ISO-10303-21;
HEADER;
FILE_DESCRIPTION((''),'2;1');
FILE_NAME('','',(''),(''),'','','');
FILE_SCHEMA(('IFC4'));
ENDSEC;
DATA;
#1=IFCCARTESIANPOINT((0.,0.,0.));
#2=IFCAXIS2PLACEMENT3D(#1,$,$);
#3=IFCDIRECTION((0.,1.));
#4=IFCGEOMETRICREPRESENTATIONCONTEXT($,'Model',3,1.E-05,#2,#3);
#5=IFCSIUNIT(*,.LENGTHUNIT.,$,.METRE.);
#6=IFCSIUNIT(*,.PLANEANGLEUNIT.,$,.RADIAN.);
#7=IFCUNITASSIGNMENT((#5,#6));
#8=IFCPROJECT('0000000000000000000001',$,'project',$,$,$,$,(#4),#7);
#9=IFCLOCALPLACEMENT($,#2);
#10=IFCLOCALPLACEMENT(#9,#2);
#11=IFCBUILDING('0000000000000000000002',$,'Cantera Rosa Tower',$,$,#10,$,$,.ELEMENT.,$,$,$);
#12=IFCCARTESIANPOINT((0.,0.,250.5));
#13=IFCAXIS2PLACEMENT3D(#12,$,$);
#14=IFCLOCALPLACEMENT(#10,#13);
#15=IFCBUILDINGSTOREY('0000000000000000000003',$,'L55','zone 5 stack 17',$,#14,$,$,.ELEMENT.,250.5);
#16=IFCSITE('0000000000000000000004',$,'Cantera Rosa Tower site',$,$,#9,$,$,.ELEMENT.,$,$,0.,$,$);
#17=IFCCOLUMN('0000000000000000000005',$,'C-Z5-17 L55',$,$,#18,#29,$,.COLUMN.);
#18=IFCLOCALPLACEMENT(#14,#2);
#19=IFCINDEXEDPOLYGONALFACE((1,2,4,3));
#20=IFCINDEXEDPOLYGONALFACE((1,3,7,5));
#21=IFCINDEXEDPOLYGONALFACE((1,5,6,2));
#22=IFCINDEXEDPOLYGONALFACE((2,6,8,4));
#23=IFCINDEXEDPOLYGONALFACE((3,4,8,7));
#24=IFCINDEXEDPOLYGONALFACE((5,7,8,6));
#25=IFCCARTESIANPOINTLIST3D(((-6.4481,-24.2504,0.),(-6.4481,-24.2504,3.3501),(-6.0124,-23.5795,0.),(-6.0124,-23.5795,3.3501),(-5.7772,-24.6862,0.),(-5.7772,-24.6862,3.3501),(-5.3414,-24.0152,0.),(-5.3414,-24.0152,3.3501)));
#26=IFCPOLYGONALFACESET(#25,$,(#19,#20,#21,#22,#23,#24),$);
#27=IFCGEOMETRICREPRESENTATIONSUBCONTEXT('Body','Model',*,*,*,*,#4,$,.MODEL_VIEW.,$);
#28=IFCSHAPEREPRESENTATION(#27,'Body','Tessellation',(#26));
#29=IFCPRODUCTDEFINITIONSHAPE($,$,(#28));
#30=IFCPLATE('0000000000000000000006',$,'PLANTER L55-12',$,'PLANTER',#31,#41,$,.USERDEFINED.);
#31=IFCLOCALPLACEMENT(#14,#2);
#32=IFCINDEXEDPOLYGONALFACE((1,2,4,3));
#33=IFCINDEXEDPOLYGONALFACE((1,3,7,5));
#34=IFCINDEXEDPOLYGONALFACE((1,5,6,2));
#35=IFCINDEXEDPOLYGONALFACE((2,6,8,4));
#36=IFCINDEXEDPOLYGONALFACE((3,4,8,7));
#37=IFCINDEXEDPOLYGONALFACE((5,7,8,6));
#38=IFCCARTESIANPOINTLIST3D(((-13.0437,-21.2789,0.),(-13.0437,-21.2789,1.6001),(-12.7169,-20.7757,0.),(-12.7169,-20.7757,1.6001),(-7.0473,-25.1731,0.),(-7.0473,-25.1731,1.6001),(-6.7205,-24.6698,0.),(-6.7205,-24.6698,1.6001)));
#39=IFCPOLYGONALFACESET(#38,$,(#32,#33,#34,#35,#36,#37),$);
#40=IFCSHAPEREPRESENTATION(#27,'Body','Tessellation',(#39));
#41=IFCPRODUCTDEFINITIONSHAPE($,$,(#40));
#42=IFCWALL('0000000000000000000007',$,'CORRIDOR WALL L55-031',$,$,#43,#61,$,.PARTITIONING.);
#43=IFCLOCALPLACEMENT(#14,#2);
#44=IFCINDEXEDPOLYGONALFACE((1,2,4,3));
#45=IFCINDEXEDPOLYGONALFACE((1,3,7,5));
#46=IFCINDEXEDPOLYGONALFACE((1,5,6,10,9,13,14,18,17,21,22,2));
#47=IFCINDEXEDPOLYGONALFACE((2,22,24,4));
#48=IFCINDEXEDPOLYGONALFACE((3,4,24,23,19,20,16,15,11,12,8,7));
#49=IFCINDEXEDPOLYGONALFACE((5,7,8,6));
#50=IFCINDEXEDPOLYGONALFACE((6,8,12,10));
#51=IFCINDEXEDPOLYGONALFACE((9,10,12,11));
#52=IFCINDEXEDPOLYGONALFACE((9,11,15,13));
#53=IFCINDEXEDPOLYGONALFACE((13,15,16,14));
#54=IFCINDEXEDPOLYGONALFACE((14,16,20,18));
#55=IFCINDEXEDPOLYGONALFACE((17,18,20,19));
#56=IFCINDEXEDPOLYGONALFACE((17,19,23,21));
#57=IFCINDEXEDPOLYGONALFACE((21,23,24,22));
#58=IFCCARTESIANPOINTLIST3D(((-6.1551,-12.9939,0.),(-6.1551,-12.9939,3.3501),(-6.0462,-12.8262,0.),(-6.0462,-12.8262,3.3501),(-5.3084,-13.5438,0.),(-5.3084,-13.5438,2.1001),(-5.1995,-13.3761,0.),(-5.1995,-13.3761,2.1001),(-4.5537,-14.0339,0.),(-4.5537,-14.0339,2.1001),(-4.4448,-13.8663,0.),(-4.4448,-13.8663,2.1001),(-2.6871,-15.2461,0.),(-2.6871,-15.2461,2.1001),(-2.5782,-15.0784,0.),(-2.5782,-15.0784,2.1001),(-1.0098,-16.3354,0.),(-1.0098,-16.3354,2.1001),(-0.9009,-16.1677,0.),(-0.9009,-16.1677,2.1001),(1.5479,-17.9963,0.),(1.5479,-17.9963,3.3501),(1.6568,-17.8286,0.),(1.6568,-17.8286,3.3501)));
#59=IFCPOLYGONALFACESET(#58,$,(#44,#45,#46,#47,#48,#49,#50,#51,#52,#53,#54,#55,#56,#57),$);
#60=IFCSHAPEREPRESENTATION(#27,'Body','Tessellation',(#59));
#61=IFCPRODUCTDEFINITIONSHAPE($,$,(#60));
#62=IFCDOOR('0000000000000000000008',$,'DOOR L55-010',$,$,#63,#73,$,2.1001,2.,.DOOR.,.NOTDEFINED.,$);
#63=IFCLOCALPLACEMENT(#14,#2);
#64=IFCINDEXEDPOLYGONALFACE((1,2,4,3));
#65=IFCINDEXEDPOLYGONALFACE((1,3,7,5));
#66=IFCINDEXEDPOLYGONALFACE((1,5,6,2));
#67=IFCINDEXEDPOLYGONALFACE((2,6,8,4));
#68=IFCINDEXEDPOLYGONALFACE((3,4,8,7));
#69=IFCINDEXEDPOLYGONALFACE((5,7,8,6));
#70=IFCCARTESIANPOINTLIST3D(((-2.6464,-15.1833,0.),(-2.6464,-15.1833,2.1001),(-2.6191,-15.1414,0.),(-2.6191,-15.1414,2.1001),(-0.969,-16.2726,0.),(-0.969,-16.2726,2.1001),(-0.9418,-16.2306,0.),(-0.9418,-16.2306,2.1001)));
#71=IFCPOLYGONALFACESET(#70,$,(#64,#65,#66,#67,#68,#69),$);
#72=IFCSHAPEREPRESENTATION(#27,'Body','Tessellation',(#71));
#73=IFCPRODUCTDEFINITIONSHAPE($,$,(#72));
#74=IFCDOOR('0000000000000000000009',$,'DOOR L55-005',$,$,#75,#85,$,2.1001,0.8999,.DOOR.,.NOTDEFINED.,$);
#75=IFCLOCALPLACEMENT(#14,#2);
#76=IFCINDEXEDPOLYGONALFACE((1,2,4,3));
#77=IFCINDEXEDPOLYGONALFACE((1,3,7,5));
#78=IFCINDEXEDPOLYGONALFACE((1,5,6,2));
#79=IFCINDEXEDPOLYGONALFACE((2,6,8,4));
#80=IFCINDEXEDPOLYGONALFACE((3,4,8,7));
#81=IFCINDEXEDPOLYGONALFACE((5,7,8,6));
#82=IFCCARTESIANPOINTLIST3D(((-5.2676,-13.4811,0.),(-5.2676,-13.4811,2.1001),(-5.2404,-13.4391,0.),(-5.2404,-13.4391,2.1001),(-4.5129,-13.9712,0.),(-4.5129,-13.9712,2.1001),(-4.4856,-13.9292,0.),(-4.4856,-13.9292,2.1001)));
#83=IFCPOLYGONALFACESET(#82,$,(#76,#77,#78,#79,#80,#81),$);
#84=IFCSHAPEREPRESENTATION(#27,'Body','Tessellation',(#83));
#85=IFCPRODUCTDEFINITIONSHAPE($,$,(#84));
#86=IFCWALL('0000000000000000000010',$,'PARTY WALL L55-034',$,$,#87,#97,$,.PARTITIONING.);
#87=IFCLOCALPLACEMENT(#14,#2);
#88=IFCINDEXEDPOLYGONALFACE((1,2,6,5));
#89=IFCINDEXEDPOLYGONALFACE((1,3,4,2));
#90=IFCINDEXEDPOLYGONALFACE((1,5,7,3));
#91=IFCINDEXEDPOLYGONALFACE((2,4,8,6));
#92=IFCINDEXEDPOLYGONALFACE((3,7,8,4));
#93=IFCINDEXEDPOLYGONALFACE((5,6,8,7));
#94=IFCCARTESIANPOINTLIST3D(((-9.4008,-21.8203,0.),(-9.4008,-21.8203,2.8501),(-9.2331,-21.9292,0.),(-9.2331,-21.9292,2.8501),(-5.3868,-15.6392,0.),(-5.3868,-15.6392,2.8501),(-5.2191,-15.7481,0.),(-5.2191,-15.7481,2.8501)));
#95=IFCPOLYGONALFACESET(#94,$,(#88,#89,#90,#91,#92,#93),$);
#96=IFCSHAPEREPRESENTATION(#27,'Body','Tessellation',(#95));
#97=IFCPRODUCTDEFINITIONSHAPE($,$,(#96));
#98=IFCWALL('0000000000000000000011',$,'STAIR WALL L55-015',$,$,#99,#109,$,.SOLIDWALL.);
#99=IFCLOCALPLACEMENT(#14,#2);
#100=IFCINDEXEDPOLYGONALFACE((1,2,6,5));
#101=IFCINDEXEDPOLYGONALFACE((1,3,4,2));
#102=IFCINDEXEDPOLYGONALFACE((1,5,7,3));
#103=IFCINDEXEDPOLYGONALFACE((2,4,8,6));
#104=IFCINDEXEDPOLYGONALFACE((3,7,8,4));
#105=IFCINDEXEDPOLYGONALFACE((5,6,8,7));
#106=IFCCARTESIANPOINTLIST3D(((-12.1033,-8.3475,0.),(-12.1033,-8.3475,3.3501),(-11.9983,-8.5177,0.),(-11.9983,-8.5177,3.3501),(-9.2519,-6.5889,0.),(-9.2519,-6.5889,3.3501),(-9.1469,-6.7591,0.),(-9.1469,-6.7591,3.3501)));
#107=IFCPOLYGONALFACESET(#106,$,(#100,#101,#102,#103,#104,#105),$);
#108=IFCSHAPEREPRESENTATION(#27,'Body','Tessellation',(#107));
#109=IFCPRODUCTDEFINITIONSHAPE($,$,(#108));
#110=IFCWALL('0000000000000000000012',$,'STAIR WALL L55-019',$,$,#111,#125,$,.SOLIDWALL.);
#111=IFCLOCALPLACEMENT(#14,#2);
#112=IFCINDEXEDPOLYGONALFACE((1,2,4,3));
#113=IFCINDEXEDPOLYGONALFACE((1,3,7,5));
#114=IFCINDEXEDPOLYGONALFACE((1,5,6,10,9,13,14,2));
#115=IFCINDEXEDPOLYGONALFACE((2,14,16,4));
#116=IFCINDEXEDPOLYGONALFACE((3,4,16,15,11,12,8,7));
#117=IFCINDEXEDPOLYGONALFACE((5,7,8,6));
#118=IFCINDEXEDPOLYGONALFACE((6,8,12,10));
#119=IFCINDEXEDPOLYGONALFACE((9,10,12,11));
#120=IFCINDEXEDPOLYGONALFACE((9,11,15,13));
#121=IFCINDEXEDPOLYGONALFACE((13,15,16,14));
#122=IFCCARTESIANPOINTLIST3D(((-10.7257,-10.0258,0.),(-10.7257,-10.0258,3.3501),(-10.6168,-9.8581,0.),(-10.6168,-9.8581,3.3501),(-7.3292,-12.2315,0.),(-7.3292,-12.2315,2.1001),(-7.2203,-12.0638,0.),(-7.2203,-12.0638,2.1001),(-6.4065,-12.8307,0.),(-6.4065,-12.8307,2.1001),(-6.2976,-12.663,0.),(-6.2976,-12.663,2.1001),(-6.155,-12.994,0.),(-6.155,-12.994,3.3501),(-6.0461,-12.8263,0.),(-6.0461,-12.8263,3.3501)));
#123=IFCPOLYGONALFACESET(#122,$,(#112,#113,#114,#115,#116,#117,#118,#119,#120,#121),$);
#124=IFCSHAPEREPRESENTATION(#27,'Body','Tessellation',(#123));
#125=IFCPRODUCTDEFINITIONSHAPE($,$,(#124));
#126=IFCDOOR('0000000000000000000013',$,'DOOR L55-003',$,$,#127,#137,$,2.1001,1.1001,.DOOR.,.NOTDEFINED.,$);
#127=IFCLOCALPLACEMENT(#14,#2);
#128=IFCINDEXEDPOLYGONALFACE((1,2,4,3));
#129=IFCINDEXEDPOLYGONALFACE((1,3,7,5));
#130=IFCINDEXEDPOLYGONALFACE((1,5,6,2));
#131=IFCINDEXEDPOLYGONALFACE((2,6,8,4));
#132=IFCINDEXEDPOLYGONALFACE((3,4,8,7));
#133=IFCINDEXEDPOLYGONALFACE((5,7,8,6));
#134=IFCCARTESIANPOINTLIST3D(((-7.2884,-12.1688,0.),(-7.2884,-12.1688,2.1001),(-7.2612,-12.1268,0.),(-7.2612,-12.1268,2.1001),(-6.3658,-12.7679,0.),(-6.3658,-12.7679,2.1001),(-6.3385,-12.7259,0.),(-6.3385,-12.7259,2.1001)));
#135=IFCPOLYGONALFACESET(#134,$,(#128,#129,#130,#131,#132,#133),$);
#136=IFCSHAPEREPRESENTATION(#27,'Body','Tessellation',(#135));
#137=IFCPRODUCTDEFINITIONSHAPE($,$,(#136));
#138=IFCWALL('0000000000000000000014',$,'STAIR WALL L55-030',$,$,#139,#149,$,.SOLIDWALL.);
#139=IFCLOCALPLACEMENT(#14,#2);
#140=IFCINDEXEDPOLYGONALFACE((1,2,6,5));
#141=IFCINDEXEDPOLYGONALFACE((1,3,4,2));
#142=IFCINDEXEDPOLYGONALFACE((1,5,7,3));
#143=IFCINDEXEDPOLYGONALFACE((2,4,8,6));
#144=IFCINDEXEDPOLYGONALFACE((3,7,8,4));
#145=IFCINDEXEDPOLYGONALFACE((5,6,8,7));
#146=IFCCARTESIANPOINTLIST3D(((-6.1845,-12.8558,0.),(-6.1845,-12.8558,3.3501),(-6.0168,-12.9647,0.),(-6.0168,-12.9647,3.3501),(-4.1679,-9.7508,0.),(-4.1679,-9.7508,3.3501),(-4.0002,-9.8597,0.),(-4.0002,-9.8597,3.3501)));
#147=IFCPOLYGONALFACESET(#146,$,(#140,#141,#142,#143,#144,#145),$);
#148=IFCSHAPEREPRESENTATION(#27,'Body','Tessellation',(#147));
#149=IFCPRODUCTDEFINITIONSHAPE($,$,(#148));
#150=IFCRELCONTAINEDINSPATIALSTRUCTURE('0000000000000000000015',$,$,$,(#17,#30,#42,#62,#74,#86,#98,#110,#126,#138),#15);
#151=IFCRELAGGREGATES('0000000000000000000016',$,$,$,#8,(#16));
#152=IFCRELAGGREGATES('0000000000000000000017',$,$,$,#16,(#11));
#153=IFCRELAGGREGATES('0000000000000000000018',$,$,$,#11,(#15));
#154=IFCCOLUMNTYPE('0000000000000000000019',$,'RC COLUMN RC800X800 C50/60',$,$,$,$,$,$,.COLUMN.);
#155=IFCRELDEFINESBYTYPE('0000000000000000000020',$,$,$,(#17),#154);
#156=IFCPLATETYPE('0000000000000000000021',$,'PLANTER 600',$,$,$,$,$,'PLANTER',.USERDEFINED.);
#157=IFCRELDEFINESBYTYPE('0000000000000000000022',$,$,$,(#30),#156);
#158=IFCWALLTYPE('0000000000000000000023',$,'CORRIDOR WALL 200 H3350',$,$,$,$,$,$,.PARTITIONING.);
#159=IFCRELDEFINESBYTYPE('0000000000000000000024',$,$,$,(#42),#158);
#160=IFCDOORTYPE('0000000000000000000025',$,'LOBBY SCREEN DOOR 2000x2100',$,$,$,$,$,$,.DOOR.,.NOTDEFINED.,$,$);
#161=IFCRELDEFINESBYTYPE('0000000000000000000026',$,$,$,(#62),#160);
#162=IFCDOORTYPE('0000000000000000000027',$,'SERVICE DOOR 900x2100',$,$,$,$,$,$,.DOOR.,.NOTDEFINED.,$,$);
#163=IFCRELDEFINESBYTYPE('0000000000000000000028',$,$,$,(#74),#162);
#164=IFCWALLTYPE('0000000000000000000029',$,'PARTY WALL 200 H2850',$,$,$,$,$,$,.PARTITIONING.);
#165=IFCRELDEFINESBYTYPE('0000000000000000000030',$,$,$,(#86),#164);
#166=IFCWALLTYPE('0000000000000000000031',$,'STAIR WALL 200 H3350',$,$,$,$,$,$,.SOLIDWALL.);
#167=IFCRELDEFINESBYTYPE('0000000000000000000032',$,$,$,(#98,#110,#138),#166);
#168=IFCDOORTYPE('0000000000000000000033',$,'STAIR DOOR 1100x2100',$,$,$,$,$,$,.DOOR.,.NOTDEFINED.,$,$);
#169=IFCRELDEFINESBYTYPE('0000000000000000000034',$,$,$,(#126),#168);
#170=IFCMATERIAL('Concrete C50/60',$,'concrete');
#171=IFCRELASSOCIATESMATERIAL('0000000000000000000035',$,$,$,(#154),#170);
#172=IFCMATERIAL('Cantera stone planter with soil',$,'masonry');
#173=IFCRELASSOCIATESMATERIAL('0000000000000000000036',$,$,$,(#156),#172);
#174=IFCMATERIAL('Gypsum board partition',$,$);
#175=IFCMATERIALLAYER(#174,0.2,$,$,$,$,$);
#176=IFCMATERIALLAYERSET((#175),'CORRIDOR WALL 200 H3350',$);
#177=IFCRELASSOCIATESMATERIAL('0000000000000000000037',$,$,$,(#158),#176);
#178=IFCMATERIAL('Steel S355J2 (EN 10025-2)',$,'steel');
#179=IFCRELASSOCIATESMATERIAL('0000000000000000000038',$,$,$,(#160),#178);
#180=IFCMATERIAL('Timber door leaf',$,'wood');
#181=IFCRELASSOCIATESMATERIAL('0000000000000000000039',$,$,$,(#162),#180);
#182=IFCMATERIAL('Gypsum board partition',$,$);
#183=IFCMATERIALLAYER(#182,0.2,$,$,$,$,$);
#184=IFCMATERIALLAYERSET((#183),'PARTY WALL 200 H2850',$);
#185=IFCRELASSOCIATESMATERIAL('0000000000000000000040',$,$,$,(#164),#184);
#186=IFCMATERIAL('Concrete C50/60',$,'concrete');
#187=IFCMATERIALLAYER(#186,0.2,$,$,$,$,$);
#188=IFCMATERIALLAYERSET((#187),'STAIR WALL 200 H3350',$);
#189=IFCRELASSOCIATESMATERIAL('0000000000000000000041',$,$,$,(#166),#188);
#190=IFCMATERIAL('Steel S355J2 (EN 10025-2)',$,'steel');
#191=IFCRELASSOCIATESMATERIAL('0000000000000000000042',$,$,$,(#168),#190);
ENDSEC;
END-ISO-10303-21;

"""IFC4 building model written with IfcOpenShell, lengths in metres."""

from ifc_helpers import new_model, si_unit, direction, frame, frame_2d, origin, origin_2d, place, context, subcontext, project, spatial, rectangle, extrude, material, layer, layer_set, material_profile, profile_set, type_object, element, fill, save


model = new_model("IFC4")

# Units and contexts
model_context = context("Model", 3, precision=1e-05, world=origin(), true_north=direction((0.0, 1.0)))
body_context = subcontext(model_context, "Body", "Model", "MODEL_VIEW")
ifc_project = project(units=[si_unit("LENGTHUNIT", "METRE"), si_unit("PLANEANGLEUNIT", "RADIAN")], contexts=[model_context])

# Site, building, storey
site_placement = place(None, origin())
site = spatial("IfcSite", under=ifc_project, at=site_placement, Name="Cantera Rosa Tower site", CompositionType="ELEMENT", RefElevation=0.0)
building_placement = place(site_placement, origin())
building = spatial("IfcBuilding", under=site, at=building_placement, Name="Cantera Rosa Tower", CompositionType="ELEMENT")
storey_placement = place(building_placement, frame((0.0, 0.0, 250.5)))
storey = spatial("IfcBuildingStorey", under=building, at=storey_placement, Name="L55", Description="zone 5 stack 17", CompositionType="ELEMENT", Elevation=250.5)

# Column
ifc_material_1 = material(Name="Concrete C50/60", Category="concrete")
ifc_material_profile = material_profile(ifc_material_1, rectangle(XDim=0.8, YDim=0.8, at=origin_2d()), Name="RC COLUMN RC800X800 C50/60")
ifc_profile_set = profile_set([ifc_material_profile], Name="Concrete C50/60")
column_type = type_object("IfcColumnType", Name="RC COLUMN RC800X800 C50/60", PredefinedType="COLUMN", material=ifc_profile_set)
column_placement = place(storey_placement, frame((-5.8948, -24.1328, 0.0), z_axis=(0.0, 0.0, 1.0), x_axis=(0.544639, 0.838671, 0.0)))
element("IfcColumn", 1, at=column_placement, inside=storey, type_object=column_type, Name="C-Z5-17 L55", PredefinedType="COLUMN", context=body_context, shape_type="SweptSolid", body=[
    extrude(rectangle(XDim=0.8, YDim=0.8, at=origin_2d()), origin(), (0.0, 0.0, 1.0), 3.3501),
])

# Plate
ifc_material_2 = material(Name="Cantera stone planter with soil", Category="masonry")
plate_type = type_object("IfcPlateType", Name="PLANTER 600", ElementType="PLANTER", PredefinedType="USERDEFINED", material=ifc_material_2)
plate_placement = place(storey_placement, frame((-9.8821, -22.9744, 0.0), z_axis=(0.0, 0.0, 1.0), x_axis=(0.838671, -0.544639, 0.0)))
element("IfcPlate", 2, at=plate_placement, inside=storey, type_object=plate_type, Name="PLANTER L55-12", ObjectType="PLANTER", PredefinedType="USERDEFINED", context=body_context, shape_type="SweptSolid", body=[
    extrude(rectangle(XDim=7.1499, YDim=0.6001, at=origin_2d()), origin(), (0.0, 0.0, 1.0), 1.6001),
])

# Wall, openings, doors
ifc_material_3 = material(Name="Gypsum board partition")
ifc_layer_1 = layer(ifc_material_3, 0.2)
ifc_layer_set_1 = layer_set([ifc_layer_1], Name="CORRIDOR WALL 200 H3350")
wall_type_1 = type_object("IfcWallType", Name="CORRIDOR WALL 200 H3350", PredefinedType="PARTITIONING", material=ifc_layer_set_1)
wall_1_placement = place(storey_placement, frame((-6.1006, -12.9102, 0.0), z_axis=(0.0, 0.0, 1.0), x_axis=(0.838672, -0.544637, 0.0)))
wall_1 = element("IfcWall", 3, at=wall_1_placement, inside=storey, type_object=wall_type_1, Name="CORRIDOR WALL L55-031", PredefinedType="PARTITIONING", context=body_context, shape_type="SweptSolid", body=[
    extrude(rectangle(XDim=9.1848, YDim=0.2, at=frame_2d((4.5923, 0.0))), origin(), (0.0, 0.0, 1.0), 3.3501),
])
opening_1_placement = place(wall_1_placement, frame((1.0095, 0.0, 0.0)))
opening_1 = element("IfcOpeningElement", 4, at=opening_1_placement, cuts=wall_1, PredefinedType="OPENING", context=body_context, shape_type="SweptSolid", body=[
    extrude(rectangle(XDim=0.8999, YDim=2.1001, at=frame_2d((0.45, 1.05))), frame((0.0, 0.1099, 0.0), z_axis=(0.0, -1.0, 0.0), x_axis=(1.0, 0.0, 0.0)), (0.0, 0.0, 1.0), 0.22),
])
opening_2_placement = place(wall_1_placement, frame((4.135, 0.0, 0.0)))
opening_2 = element("IfcOpeningElement", 5, at=opening_2_placement, cuts=wall_1, PredefinedType="OPENING", context=body_context, shape_type="SweptSolid", body=[
    extrude(rectangle(XDim=2.0, YDim=2.1001, at=frame_2d((1.0, 1.05))), frame((0.0, 0.1099, 0.0), z_axis=(0.0, -1.0, 0.0), x_axis=(1.0, 0.0, 0.0)), (0.0, 0.0, 1.0), 0.22),
])
ifc_material_4 = material(Name="Steel S355J2 (EN 10025-2)", Category="steel")
door_type_1 = type_object("IfcDoorType", Name="LOBBY SCREEN DOOR 2000x2100", OperationType="NOTDEFINED", PredefinedType="DOOR", material=ifc_material_4)
door_1_placement = place(opening_2_placement, origin())
door_1 = element("IfcDoor", 6, at=door_1_placement, inside=storey, type_object=door_type_1, Name="DOOR L55-010", OperationType="NOTDEFINED", OverallHeight=2.1001, OverallWidth=2.0, PredefinedType="DOOR", context=body_context, shape_type="SweptSolid", body=[
    extrude(rectangle(XDim=2.0, YDim=2.1001, at=frame_2d((1.0, 1.05))), frame((0.0, 0.0249, 0.0), z_axis=(0.0, -1.0, 0.0), x_axis=(1.0, 0.0, 0.0)), (0.0, 0.0, 1.0), 0.05),
])
fill(opening_2, door_1)
ifc_material_5 = material(Name="Timber door leaf", Category="wood")
door_type_2 = type_object("IfcDoorType", Name="SERVICE DOOR 900x2100", OperationType="NOTDEFINED", PredefinedType="DOOR", material=ifc_material_5)
door_2_placement = place(opening_1_placement, origin())
door_2 = element("IfcDoor", 7, at=door_2_placement, inside=storey, type_object=door_type_2, Name="DOOR L55-005", OperationType="NOTDEFINED", OverallHeight=2.1001, OverallWidth=0.8999, PredefinedType="DOOR", context=body_context, shape_type="SweptSolid", body=[
    extrude(rectangle(XDim=0.8999, YDim=2.1001, at=frame_2d((0.45, 1.05))), frame((0.0, 0.0249, 0.0), z_axis=(0.0, -1.0, 0.0), x_axis=(1.0, 0.0, 0.0)), (0.0, 0.0, 1.0), 0.05),
])
fill(opening_1, door_2)

# Walls
ifc_material_6 = material(Name="Gypsum board partition")
ifc_layer_2 = layer(ifc_material_6, 0.2)
ifc_layer_set_2 = layer_set([ifc_layer_2], Name="PARTY WALL 200 H2850")
wall_type_2 = type_object("IfcWallType", Name="PARTY WALL 200 H2850", PredefinedType="PARTITIONING", material=ifc_layer_set_2)
wall_2_placement = place(storey_placement, frame((-5.303, -15.6936, 0.0), z_axis=(0.0, 0.0, 1.0), x_axis=(-0.544623, -0.838681, 0.0)))
element("IfcWall", 8, at=wall_2_placement, inside=storey, type_object=wall_type_2, Name="PARTY WALL L55-034", PredefinedType="PARTITIONING", context=body_context, shape_type="SweptSolid", body=[
    extrude(rectangle(XDim=7.3701, YDim=0.2, at=frame_2d((3.6851, 0.0))), origin(), (0.0, 0.0, 1.0), 2.8501),
])
ifc_material_7 = material(Name="Concrete C50/60", Category="concrete")
ifc_layer_3 = layer(ifc_material_7, 0.2)
ifc_layer_set_3 = layer_set([ifc_layer_3], Name="STAIR WALL 200 H3350")
wall_type_3 = type_object("IfcWallType", Name="STAIR WALL 200 H3350", PredefinedType="SOLIDWALL", material=ifc_layer_set_3)
wall_3_placement = place(storey_placement, frame((-12.0508, -8.4326, 0.0), z_axis=(0.0, 0.0, 1.0), x_axis=(0.85114, 0.524939, 0.0)))
element("IfcWall", 9, at=wall_3_placement, inside=storey, type_object=wall_type_3, Name="STAIR WALL L55-015", PredefinedType="SOLIDWALL", context=body_context, shape_type="SweptSolid", body=[
    extrude(rectangle(XDim=3.3501, YDim=0.2, at=frame_2d((1.675, 0.0))), origin(), (0.0, 0.0, 1.0), 3.3501),
])

# Wall, opening, door
wall_4_placement = place(storey_placement, frame((-10.6714, -9.9419, 0.0), z_axis=(0.0, 0.0, 1.0), x_axis=(0.838675, -0.544632, 0.0)))
wall_4 = element("IfcWall", 10, at=wall_4_placement, inside=storey, type_object=wall_type_3, Name="STAIR WALL L55-019", PredefinedType="SOLIDWALL", context=body_context, shape_type="SweptSolid", body=[
    extrude(rectangle(XDim=5.45, YDim=0.2, at=frame_2d((2.7251, 0.0))), origin(), (0.0, 0.0, 1.0), 3.3501),
])
opening_3_placement = place(wall_4_placement, frame((4.05, 0.0, 0.0)))
opening_3 = element("IfcOpeningElement", 11, at=opening_3_placement, cuts=wall_4, PredefinedType="OPENING", context=body_context, shape_type="SweptSolid", body=[
    extrude(rectangle(XDim=1.1001, YDim=2.1001, at=frame_2d((0.55, 1.05))), frame((0.0, 0.1099, 0.0), z_axis=(0.0, -1.0, 0.0), x_axis=(1.0, 0.0, 0.0)), (0.0, 0.0, 1.0), 0.22),
])
ifc_material_8 = material(Name="Steel S355J2 (EN 10025-2)", Category="steel")
door_type_3 = type_object("IfcDoorType", Name="STAIR DOOR 1100x2100", OperationType="NOTDEFINED", PredefinedType="DOOR", material=ifc_material_8)
door_3_placement = place(opening_3_placement, origin())
door_3 = element("IfcDoor", 12, at=door_3_placement, inside=storey, type_object=door_type_3, Name="DOOR L55-003", OperationType="NOTDEFINED", OverallHeight=2.1001, OverallWidth=1.1001, PredefinedType="DOOR", context=body_context, shape_type="SweptSolid", body=[
    extrude(rectangle(XDim=1.1001, YDim=2.1001, at=frame_2d((0.55, 1.05))), frame((0.0, 0.0249, 0.0), z_axis=(0.0, -1.0, 0.0), x_axis=(1.0, 0.0, 0.0)), (0.0, 0.0, 1.0), 0.05),
])
fill(opening_3, door_3)

# Wall
wall_5_placement = place(storey_placement, frame((-6.1006, -12.9102, 0.0), z_axis=(0.0, 0.0, 1.0), x_axis=(0.544678, 0.838645, 0.0)))
element("IfcWall", 13, at=wall_5_placement, inside=storey, type_object=wall_type_3, Name="STAIR WALL L55-030", PredefinedType="SOLIDWALL", context=body_context, shape_type="SweptSolid", body=[
    extrude(rectangle(XDim=3.7024, YDim=0.2, at=frame_2d((1.8511, 0.0))), origin(), (0.0, 0.0, 1.0), 3.3501),
])

save(model, "model.ifc")
